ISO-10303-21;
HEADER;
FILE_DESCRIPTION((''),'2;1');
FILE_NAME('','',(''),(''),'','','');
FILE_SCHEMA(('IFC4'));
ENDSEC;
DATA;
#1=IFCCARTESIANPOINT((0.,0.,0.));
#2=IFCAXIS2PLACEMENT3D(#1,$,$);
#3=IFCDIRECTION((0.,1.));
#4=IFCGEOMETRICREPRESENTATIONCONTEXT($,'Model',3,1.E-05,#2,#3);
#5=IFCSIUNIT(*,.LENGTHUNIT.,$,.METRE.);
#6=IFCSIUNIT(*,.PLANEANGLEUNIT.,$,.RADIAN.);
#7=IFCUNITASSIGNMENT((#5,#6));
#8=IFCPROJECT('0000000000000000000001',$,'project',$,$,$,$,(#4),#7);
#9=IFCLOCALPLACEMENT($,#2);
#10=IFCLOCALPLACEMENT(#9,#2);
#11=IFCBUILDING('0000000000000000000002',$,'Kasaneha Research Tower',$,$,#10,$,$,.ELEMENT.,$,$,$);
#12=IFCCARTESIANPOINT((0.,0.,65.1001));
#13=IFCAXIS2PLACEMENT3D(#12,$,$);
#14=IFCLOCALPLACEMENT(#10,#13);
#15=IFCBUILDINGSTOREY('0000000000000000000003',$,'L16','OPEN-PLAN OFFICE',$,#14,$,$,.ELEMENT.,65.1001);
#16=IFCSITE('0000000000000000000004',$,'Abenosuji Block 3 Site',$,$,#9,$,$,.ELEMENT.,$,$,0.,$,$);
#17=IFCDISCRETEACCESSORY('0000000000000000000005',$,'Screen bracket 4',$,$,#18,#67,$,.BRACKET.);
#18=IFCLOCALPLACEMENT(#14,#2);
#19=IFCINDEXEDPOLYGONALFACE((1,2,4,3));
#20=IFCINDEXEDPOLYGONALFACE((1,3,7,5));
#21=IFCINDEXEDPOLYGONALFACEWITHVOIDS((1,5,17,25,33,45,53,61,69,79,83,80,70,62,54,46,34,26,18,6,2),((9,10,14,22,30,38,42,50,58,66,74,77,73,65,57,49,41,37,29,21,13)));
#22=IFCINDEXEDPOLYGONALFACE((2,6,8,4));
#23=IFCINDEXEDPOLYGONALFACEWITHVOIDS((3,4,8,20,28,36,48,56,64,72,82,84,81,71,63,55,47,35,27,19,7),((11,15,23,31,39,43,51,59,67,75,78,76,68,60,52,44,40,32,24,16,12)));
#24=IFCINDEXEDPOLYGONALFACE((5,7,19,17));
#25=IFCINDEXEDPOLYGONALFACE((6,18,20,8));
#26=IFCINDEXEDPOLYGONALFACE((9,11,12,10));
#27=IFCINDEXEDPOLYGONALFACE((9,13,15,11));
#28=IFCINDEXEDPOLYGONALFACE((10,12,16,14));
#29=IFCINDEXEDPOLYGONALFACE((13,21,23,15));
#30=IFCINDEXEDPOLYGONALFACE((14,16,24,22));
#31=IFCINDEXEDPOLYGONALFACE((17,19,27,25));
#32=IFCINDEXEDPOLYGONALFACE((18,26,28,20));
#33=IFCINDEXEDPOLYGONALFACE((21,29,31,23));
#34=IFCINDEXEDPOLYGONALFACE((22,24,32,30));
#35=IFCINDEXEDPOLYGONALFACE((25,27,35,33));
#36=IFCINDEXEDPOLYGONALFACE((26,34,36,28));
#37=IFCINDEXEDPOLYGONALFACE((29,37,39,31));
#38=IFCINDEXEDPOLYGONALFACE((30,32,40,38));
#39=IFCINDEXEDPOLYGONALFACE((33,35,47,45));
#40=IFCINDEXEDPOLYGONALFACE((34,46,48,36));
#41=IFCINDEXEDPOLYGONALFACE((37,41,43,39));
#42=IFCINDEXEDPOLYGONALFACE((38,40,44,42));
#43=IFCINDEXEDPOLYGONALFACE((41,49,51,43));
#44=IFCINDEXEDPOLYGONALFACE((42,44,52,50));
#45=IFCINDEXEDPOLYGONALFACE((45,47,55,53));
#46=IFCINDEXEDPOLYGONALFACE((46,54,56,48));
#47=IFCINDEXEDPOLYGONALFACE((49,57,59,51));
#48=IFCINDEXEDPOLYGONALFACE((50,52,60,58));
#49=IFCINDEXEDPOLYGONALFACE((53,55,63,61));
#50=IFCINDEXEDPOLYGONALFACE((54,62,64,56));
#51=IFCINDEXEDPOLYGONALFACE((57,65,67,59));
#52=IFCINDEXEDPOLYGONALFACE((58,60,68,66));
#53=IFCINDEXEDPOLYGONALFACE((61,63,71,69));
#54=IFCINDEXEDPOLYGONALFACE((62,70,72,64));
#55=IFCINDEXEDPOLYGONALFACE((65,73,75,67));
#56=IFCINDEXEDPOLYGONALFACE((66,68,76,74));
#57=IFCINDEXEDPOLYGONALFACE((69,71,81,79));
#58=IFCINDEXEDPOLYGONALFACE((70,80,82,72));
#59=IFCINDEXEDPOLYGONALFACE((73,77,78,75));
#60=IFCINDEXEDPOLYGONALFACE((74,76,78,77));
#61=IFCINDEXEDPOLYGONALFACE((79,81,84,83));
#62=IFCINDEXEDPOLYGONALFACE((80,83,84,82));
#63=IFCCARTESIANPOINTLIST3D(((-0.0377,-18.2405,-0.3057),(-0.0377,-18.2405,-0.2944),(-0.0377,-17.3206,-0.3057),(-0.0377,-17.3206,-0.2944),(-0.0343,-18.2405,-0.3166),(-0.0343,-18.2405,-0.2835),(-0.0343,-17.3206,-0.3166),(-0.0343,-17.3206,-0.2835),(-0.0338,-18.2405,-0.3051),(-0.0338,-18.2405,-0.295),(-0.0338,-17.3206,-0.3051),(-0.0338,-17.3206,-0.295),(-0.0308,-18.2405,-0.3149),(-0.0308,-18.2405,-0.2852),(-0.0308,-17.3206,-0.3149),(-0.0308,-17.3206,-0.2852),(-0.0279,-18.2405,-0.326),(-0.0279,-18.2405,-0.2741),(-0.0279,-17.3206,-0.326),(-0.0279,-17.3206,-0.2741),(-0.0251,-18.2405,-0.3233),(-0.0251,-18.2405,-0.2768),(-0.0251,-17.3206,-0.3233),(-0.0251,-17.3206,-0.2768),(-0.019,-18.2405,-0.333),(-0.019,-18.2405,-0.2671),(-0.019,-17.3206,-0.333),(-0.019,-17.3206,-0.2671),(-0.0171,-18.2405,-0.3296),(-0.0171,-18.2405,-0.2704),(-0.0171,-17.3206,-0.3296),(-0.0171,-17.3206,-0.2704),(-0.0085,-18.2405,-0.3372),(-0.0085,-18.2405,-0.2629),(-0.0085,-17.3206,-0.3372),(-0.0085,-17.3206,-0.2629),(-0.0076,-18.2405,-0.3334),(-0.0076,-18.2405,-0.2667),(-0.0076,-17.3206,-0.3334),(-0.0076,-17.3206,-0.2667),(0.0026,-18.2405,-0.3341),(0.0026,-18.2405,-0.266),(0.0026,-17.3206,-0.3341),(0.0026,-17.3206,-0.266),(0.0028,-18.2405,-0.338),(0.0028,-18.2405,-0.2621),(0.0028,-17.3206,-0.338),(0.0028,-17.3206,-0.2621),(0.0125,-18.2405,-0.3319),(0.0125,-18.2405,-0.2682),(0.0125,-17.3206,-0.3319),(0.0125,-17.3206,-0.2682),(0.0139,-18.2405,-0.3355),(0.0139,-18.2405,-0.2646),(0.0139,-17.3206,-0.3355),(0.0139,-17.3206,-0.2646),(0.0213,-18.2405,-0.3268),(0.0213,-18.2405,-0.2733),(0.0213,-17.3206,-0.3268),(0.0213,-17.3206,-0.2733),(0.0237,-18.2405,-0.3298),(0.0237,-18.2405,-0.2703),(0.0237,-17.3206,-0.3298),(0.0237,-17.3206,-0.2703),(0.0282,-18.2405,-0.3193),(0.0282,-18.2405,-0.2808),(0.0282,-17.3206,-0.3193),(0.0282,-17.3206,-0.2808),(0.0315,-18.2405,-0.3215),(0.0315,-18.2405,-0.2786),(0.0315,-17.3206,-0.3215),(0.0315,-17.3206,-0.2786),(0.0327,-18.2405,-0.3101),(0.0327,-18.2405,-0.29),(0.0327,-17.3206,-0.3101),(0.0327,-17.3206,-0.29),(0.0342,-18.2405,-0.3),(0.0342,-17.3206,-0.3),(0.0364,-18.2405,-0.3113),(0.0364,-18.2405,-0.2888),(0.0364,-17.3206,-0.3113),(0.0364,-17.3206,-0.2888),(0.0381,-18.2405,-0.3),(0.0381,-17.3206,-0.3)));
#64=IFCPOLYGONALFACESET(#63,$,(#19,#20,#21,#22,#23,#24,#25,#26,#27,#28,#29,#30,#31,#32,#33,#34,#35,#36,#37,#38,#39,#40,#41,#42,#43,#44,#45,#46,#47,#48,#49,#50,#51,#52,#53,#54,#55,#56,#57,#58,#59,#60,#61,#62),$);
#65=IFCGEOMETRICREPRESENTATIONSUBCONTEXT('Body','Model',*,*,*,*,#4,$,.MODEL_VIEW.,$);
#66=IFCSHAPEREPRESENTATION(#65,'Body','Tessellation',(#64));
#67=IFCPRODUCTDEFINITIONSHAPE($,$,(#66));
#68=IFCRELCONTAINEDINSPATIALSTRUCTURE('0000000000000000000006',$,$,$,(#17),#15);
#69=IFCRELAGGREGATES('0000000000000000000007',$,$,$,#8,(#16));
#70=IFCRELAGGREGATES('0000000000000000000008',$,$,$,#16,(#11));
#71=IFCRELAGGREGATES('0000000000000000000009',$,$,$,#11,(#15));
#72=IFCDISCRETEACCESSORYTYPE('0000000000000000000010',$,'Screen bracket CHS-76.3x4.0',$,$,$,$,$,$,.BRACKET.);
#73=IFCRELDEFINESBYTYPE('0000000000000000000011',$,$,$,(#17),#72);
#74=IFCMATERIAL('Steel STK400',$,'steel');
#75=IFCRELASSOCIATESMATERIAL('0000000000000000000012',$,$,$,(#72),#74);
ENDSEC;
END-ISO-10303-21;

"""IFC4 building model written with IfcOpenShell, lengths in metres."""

from ifc_helpers import new_model, si_unit, direction, frame, origin, origin_2d, place, context, subcontext, project, spatial, hollow_circle, extrude, material, material_profile, profile_set, type_object, element, save


model = new_model("IFC4")

# Units and contexts
model_context = context("Model", 3, precision=1e-05, world=origin(), true_north=direction((0.0, 1.0)))
body_context = subcontext(model_context, "Body", "Model", "MODEL_VIEW")
ifc_project = project(units=[si_unit("LENGTHUNIT", "METRE"), si_unit("PLANEANGLEUNIT", "RADIAN")], contexts=[model_context])

# Site, building, storey
site_placement = place(None, origin())
site = spatial("IfcSite", under=ifc_project, at=site_placement, Name="Abenosuji Block 3 Site", CompositionType="ELEMENT", RefElevation=0.0)
building_placement = place(site_placement, origin())
building = spatial("IfcBuilding", under=site, at=building_placement, Name="Kasaneha Research Tower", CompositionType="ELEMENT")
storey_placement = place(building_placement, frame((0.0, 0.0, 65.1001)))
storey = spatial("IfcBuildingStorey", under=building, at=storey_placement, Name="L16", Description="OPEN-PLAN OFFICE", CompositionType="ELEMENT", Elevation=65.1001)

# Discrete accessory
ifc_material_1 = material(Name="Steel STK400", Category="steel")
ifc_material_profile_1 = material_profile(ifc_material_1, hollow_circle(Radius=0.0381, WallThickness=0.0039, at=origin_2d()), Name="CHS-76.3x4.0")
ifc_profile_set_1 = profile_set([ifc_material_profile_1], Name="Steel STK400")
discrete_accessory_type = type_object("IfcDiscreteAccessoryType", Name="Screen bracket CHS-76.3x4.0", PredefinedType="BRACKET", material=ifc_profile_set_1)
for number, where, z_axis, x_axis, name in (
    (1, (0.0, -17.3206, -0.3), (0.0, -1.0, 0.0), (1.0, 0.0, 0.0), "Screen bracket 4"),
):
    element("IfcDiscreteAccessory", number, at=place(storey_placement, frame(where, z_axis=z_axis, x_axis=x_axis)), inside=storey, type_object=discrete_accessory_type, Name=name, PredefinedType="BRACKET", context=body_context, shape_type="SweptSolid", body=[
        extrude(hollow_circle(Radius=0.0381, WallThickness=0.0039, at=origin_2d()), origin(), (0.0, 0.0, 1.0), 0.9199),
    ])

save(model, "model.ifc")
